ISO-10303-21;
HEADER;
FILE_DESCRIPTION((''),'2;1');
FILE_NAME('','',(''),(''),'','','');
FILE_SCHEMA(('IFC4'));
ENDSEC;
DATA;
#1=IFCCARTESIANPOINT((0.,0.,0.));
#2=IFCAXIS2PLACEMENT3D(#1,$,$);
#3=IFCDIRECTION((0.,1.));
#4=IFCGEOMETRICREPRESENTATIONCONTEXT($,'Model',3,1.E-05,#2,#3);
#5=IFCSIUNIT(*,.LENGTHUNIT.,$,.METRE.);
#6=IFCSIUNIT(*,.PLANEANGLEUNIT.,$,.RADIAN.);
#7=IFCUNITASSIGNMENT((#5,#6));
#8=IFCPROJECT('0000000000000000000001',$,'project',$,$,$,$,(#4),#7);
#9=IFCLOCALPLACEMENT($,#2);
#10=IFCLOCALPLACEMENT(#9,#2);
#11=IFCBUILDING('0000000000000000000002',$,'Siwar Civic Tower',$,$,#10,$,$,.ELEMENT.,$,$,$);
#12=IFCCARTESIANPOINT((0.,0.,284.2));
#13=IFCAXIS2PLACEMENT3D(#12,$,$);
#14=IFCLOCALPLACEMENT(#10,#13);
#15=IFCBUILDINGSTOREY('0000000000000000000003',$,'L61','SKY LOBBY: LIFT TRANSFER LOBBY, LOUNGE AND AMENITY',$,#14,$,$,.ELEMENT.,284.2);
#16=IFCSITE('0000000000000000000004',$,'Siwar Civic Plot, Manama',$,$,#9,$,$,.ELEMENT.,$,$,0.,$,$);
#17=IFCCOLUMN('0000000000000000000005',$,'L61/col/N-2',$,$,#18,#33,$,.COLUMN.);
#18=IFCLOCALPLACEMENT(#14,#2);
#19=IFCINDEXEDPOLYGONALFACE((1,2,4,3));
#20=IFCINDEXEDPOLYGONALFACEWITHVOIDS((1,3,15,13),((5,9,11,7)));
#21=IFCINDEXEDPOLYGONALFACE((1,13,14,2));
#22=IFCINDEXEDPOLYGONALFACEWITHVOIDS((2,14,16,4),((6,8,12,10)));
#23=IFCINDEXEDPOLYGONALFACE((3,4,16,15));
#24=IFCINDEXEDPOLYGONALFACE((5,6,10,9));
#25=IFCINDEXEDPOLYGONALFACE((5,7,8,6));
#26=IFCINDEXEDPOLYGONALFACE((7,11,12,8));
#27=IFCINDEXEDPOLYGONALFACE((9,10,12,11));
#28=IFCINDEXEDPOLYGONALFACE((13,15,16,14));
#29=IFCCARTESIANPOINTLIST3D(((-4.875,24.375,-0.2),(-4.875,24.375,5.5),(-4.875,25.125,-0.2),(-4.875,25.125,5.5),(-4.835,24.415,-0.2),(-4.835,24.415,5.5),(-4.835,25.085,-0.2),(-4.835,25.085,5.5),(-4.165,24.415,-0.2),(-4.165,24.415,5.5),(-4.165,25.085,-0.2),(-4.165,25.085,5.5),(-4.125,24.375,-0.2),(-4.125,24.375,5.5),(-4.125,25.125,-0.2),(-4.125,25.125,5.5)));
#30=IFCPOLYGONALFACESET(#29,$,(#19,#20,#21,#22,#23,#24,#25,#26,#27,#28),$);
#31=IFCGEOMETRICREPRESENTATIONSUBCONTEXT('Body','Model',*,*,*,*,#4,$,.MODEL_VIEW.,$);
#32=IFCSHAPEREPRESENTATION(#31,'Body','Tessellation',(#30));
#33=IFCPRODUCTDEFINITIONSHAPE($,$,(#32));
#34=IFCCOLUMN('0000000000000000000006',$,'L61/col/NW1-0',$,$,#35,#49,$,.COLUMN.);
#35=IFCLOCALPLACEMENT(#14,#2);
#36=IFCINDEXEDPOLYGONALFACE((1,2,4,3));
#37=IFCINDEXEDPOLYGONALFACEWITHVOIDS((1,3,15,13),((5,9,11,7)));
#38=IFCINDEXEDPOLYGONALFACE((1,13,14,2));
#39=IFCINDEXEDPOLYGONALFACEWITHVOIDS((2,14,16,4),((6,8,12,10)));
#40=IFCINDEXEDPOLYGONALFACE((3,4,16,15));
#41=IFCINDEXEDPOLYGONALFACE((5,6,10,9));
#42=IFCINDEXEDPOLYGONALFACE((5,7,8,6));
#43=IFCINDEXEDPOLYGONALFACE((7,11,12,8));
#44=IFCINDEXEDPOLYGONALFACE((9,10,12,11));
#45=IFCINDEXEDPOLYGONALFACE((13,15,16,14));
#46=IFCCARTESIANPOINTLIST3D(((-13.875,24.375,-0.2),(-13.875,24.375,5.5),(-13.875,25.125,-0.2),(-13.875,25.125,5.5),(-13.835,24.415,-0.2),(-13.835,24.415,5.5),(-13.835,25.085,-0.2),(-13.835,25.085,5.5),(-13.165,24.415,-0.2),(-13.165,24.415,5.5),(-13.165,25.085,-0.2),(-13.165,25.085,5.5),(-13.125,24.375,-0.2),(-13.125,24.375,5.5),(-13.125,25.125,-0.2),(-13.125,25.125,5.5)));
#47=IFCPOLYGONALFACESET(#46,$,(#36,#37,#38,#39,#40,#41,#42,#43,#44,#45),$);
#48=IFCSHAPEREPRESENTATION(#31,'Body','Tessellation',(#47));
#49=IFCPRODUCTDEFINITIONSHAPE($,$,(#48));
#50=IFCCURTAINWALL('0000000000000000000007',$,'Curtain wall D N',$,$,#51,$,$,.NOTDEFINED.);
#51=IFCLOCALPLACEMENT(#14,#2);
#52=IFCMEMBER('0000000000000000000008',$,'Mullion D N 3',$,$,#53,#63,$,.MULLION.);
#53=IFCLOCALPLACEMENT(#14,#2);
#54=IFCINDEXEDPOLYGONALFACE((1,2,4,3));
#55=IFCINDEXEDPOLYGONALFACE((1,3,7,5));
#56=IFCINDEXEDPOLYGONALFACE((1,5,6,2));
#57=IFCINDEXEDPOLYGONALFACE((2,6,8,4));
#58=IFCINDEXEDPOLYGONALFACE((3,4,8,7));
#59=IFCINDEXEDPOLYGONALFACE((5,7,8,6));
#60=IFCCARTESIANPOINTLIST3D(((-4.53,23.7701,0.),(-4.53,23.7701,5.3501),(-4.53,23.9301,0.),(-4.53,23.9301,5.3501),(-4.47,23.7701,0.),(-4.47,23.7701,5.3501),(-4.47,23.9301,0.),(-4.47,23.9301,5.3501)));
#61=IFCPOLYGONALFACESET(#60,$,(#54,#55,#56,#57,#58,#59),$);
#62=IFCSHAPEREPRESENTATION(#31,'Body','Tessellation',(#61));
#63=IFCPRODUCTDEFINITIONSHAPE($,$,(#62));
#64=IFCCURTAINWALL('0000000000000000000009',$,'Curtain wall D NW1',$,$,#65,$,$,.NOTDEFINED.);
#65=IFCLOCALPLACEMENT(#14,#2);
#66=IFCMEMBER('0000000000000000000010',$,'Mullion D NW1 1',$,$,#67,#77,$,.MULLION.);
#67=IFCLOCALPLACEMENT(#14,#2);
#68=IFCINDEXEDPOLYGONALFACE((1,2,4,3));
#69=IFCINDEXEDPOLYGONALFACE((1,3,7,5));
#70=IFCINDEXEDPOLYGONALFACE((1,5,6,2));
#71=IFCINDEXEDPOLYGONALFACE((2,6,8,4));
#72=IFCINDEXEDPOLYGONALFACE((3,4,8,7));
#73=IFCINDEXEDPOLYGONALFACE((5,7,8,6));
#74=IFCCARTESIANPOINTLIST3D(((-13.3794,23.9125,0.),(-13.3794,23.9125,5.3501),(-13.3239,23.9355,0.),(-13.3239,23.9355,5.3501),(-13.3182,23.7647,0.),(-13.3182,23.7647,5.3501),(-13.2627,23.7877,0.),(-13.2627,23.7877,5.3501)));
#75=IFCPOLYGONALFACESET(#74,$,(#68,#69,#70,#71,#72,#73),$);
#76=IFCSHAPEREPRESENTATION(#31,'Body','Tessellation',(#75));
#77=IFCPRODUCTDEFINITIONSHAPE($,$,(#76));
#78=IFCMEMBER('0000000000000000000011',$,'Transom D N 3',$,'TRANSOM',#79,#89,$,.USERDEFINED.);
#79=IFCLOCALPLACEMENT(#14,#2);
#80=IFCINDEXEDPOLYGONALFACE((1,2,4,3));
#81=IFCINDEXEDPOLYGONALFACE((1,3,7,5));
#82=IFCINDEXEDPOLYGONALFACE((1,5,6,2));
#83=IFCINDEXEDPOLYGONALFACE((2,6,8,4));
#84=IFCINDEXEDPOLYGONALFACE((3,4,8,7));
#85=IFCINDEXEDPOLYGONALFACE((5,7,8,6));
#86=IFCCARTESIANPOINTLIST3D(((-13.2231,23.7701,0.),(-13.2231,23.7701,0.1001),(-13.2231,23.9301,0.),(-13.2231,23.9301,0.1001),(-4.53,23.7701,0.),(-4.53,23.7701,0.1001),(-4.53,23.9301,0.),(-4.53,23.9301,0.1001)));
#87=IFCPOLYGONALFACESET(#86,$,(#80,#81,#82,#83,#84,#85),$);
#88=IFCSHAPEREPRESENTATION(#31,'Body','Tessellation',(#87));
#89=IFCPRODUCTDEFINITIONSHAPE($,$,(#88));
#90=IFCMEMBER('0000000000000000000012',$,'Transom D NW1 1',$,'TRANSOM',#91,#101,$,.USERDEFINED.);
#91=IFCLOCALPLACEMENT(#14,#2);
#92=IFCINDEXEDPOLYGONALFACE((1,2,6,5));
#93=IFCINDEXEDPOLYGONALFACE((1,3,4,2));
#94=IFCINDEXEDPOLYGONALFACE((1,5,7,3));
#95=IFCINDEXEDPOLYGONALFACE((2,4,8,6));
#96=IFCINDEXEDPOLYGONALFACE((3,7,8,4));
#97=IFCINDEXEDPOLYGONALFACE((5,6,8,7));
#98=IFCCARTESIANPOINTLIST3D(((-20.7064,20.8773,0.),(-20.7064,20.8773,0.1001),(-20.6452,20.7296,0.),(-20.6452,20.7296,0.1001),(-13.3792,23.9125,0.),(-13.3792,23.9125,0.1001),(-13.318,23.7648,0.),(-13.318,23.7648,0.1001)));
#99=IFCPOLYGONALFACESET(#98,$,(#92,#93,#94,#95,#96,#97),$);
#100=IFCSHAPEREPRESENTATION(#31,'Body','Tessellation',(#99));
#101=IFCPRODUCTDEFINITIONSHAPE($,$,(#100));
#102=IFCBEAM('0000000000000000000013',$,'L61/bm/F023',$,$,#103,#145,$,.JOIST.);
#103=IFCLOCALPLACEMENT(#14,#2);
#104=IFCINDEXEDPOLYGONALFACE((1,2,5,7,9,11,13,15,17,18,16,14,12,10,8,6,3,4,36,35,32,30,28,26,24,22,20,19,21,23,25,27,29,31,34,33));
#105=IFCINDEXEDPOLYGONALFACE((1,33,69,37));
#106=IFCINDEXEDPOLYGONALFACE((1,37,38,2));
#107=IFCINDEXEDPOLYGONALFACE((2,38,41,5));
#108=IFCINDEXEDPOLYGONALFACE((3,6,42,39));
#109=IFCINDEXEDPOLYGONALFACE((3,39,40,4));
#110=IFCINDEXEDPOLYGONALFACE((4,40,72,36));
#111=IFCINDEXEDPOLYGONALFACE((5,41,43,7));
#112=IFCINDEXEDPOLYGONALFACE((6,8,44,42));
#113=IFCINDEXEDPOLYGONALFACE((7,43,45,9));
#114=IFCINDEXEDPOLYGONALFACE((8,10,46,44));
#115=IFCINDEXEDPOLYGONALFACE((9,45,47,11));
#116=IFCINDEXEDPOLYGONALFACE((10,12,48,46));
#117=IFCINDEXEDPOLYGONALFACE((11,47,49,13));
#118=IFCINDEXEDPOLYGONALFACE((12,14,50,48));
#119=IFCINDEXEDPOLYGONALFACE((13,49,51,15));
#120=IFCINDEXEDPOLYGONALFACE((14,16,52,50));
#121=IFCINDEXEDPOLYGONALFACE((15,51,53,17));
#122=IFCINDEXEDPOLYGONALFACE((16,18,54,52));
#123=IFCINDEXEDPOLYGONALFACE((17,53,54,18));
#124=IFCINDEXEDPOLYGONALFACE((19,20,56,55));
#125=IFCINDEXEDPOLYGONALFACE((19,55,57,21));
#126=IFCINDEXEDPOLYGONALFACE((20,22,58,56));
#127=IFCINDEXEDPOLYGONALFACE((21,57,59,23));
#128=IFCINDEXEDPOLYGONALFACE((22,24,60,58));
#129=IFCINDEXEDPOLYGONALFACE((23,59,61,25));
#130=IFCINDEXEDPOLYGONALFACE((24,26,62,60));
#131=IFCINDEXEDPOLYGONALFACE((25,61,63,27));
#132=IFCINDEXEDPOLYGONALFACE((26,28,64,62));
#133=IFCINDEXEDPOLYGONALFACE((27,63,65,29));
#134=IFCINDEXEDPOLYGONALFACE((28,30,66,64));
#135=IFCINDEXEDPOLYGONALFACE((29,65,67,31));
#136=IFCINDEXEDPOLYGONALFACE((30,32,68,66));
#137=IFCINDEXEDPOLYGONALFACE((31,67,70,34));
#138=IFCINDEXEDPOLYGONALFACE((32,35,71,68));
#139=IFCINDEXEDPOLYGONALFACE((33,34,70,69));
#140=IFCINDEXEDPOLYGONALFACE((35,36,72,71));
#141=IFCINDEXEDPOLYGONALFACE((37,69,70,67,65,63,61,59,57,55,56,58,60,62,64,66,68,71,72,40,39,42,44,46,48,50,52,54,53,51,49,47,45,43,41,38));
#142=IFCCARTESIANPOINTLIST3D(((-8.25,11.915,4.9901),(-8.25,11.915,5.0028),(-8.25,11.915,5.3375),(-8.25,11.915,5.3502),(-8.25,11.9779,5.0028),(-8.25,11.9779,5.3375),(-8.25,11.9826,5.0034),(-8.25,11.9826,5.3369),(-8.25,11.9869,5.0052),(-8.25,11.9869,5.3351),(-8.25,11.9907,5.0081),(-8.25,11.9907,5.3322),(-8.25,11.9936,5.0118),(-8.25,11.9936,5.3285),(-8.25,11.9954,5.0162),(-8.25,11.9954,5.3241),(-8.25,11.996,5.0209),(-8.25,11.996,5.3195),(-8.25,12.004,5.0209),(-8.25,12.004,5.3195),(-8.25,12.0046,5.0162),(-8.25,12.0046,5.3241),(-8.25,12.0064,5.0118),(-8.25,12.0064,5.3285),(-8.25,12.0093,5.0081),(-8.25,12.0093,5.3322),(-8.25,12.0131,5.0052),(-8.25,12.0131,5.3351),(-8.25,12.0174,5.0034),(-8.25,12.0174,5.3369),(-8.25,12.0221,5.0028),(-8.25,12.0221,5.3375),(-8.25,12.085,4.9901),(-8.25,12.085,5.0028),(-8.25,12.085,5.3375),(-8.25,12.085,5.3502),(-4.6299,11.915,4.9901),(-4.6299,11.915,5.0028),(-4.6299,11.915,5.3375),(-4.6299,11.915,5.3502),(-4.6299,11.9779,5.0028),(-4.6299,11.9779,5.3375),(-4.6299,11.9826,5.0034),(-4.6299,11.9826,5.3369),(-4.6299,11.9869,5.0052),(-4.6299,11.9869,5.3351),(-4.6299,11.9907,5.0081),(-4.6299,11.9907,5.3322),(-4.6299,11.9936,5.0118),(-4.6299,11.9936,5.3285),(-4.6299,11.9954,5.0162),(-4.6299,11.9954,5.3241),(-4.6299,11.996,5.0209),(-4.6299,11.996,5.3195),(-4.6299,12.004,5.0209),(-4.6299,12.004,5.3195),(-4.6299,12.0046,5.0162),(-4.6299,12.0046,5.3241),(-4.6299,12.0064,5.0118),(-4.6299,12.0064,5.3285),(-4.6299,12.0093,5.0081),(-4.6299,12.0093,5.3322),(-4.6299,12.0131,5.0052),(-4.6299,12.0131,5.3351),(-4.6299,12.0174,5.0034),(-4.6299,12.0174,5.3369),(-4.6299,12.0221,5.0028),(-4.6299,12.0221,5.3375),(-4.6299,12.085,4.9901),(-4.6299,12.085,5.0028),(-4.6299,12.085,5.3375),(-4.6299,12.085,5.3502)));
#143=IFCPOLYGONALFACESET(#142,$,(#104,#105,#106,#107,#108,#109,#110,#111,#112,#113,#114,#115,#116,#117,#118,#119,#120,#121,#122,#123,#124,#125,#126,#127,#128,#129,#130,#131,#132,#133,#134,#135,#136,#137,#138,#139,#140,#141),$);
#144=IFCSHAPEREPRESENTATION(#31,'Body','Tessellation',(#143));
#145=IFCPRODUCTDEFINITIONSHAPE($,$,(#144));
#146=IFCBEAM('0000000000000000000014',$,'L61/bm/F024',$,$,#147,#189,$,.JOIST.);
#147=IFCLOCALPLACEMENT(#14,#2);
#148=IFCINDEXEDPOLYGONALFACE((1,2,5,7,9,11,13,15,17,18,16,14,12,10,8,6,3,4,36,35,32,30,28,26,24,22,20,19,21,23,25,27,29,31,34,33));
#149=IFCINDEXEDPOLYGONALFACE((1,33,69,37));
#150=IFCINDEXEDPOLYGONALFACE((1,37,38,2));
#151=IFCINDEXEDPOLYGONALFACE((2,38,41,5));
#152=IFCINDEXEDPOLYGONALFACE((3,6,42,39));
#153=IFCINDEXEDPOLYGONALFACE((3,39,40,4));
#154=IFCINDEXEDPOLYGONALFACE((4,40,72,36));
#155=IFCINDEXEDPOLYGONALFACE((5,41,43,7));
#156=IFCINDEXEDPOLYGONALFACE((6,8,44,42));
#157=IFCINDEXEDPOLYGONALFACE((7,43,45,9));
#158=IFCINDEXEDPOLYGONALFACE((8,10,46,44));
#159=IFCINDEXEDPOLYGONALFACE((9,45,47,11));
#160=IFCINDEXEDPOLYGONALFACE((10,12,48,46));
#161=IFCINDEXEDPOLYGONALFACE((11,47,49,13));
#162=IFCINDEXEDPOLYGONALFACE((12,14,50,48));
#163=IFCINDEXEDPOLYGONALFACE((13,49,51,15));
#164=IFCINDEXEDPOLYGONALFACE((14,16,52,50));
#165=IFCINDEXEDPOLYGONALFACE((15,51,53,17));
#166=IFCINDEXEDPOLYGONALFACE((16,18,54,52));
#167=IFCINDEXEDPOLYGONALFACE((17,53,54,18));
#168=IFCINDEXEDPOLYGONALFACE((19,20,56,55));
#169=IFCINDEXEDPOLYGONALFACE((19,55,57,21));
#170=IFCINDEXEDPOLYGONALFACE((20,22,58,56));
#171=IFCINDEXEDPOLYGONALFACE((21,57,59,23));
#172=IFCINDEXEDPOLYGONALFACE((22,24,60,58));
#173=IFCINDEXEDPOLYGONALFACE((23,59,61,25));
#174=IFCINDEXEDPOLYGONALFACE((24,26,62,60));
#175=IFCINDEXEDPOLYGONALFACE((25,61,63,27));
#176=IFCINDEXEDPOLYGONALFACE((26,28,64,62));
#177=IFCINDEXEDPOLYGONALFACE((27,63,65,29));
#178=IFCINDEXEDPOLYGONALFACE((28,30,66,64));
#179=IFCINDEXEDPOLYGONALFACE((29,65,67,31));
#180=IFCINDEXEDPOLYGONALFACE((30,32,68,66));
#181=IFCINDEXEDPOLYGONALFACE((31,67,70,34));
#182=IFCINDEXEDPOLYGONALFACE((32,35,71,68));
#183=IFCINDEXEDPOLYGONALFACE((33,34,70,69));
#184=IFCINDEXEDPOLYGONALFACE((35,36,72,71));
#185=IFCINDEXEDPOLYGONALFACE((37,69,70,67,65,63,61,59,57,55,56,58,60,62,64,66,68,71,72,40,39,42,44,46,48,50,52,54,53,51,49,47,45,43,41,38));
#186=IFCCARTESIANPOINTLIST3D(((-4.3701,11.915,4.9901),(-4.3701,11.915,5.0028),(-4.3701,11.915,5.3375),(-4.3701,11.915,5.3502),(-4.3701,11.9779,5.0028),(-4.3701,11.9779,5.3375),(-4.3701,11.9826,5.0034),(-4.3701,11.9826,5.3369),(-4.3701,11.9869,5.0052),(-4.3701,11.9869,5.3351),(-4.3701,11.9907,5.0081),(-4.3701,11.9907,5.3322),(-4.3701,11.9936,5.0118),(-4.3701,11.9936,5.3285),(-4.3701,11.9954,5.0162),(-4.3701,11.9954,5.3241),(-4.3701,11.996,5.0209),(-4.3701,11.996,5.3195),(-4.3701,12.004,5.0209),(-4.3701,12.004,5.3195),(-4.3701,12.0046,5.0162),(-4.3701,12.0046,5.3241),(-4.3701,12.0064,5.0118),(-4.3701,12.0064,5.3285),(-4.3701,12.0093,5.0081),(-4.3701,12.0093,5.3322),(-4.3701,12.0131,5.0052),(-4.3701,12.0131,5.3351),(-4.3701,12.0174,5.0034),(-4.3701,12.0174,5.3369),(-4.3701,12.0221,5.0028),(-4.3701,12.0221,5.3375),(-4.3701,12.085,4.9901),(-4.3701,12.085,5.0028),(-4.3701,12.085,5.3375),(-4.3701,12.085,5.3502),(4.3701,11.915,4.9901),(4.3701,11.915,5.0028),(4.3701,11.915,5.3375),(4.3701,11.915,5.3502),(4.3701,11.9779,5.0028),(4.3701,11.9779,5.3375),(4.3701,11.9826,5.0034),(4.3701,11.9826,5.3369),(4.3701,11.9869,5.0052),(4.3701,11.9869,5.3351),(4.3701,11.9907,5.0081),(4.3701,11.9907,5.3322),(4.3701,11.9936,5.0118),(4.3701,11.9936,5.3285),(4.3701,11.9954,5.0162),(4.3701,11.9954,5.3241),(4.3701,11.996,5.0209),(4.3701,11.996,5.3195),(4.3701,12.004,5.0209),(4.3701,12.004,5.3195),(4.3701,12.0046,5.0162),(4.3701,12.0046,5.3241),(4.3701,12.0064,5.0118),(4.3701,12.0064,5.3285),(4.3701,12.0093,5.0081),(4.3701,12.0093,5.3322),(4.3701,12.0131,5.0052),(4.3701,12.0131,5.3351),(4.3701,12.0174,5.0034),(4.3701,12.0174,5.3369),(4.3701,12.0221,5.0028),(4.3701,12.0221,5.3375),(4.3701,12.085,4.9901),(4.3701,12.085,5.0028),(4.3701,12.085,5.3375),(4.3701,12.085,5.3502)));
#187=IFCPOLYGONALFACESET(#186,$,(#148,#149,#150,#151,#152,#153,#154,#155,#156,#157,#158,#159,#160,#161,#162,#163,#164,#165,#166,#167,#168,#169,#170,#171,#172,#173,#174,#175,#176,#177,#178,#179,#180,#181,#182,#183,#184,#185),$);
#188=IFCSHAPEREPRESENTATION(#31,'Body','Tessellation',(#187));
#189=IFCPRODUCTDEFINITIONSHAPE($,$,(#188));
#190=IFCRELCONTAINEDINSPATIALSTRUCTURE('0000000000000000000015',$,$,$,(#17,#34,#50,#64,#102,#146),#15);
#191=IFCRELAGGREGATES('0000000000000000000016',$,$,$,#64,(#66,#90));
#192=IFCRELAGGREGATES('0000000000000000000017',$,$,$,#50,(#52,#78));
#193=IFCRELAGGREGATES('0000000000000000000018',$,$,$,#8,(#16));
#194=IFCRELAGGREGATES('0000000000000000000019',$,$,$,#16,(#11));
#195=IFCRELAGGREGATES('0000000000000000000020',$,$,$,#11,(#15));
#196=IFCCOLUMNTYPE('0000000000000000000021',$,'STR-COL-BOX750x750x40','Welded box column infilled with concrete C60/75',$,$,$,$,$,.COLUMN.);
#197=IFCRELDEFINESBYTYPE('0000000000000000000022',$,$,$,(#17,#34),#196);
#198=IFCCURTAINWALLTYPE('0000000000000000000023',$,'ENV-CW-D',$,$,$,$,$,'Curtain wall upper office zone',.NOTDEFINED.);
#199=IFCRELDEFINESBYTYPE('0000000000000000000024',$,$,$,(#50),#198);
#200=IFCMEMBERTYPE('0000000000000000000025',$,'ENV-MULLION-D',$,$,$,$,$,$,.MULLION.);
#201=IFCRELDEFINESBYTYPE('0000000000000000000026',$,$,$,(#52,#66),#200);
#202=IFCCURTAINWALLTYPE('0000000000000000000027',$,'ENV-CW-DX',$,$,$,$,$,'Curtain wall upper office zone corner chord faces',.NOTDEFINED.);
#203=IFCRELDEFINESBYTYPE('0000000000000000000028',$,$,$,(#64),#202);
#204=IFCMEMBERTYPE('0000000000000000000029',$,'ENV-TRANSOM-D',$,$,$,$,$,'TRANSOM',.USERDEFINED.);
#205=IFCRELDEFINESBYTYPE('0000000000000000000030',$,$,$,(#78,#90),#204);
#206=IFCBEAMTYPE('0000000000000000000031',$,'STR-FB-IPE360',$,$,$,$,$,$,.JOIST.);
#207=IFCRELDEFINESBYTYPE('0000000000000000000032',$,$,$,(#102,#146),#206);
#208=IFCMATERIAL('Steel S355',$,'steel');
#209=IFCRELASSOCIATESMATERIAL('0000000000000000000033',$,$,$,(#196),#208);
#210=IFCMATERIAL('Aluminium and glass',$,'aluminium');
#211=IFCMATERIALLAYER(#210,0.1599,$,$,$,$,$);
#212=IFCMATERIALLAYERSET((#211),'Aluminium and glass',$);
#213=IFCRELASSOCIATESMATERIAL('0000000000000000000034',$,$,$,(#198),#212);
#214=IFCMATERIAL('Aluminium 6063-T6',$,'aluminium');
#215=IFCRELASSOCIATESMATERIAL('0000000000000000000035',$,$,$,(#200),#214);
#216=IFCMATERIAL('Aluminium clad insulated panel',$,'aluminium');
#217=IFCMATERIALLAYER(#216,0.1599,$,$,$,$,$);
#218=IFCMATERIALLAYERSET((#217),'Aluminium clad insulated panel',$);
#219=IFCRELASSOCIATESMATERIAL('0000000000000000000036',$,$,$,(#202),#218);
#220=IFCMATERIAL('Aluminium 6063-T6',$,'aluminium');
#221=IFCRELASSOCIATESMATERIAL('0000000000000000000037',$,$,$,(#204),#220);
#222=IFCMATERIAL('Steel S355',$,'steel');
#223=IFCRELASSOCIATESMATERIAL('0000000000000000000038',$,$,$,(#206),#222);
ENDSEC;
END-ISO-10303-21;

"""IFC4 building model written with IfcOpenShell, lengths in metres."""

from ifc_helpers import new_model, si_unit, direction, frame, origin, origin_2d, place, context, subcontext, project, spatial, rectangle, hollow_rectangle, i_section, extrude, material, layer, layer_set, material_profile, profile_set, type_object, element, aggregate, save


model = new_model("IFC4")

# Units and contexts
model_context = context("Model", 3, precision=1e-05, world=origin(), true_north=direction((0.0, 1.0)))
body_context = subcontext(model_context, "Body", "Model", "MODEL_VIEW")
ifc_project = project(units=[si_unit("LENGTHUNIT", "METRE"), si_unit("PLANEANGLEUNIT", "RADIAN")], contexts=[model_context])

# Site, building, storey
site_placement = place(None, origin())
site = spatial("IfcSite", under=ifc_project, at=site_placement, Name="Siwar Civic Plot, Manama", CompositionType="ELEMENT", RefElevation=0.0)
building_placement = place(site_placement, origin())
building = spatial("IfcBuilding", under=site, at=building_placement, Name="Siwar Civic Tower", CompositionType="ELEMENT")
storey_placement = place(building_placement, frame((0.0, 0.0, 284.2)))
storey = spatial("IfcBuildingStorey", under=building, at=storey_placement, Name="L61", Description="SKY LOBBY: LIFT TRANSFER LOBBY, LOUNGE AND AMENITY", CompositionType="ELEMENT", Elevation=284.2)

# Columns
ifc_material_1 = material(Name="Steel S355", Category="steel")
ifc_material_profile_1 = material_profile(ifc_material_1, hollow_rectangle(XDim=0.75, YDim=0.75, WallThickness=0.04, at=origin_2d()), Name="BOX750x750x40")
ifc_profile_set_1 = profile_set([ifc_material_profile_1], Name="Steel S355")
column_type = type_object("IfcColumnType", Name="STR-COL-BOX750x750x40", Description="Welded box column infilled with concrete C60/75", PredefinedType="COLUMN", material=ifc_profile_set_1)
for number, where, z_axis, x_axis, name in (
    (1, (-4.5, 24.75, -0.2), (0.0, 0.0, 1.0), (1.0, 0.0, 0.0), "L61/col/N-2"),
    (2, (-13.5, 24.75, -0.2), (0.0, 0.0, 1.0), (1.0, 0.0, 0.0), "L61/col/NW1-0"),
):
    element("IfcColumn", number, at=place(storey_placement, frame(where, z_axis=z_axis, x_axis=x_axis)), inside=storey, type_object=column_type, Name=name, PredefinedType="COLUMN", context=body_context, shape_type="SweptSolid", body=[
        extrude(hollow_rectangle(XDim=0.75, YDim=0.75, WallThickness=0.04, at=origin_2d()), origin(), (0.0, 0.0, 1.0), 5.7),
    ])

# Curtain walls, members
ifc_material_2 = material(Name="Aluminium and glass", Category="aluminium")
ifc_layer_1 = layer(ifc_material_2, 0.1599)
ifc_layer_set_1 = layer_set([ifc_layer_1], Name="Aluminium and glass")
curtain_wall_type_1 = type_object("IfcCurtainWallType", Name="ENV-CW-D", ElementType="Curtain wall upper office zone", PredefinedType="NOTDEFINED", material=ifc_layer_set_1)
curtain_wall_1_placement = place(storey_placement, origin())
curtain_wall_1 = element("IfcCurtainWall", 3, at=curtain_wall_1_placement, inside=storey, type_object=curtain_wall_type_1, Name="Curtain wall D N", PredefinedType="NOTDEFINED")
ifc_material_3 = material(Name="Aluminium 6063-T6", Category="aluminium")
ifc_material_profile_2 = material_profile(ifc_material_3, rectangle(XDim=0.1599, YDim=0.0601, at=origin_2d()), Name="AL 160x60")
ifc_profile_set_2 = profile_set([ifc_material_profile_2], Name="Aluminium 6063-T6")
member_type_1 = type_object("IfcMemberType", Name="ENV-MULLION-D", PredefinedType="MULLION", material=ifc_profile_set_2)
member_1_placement = place(storey_placement, frame((-4.5, 23.8501, 0.0), z_axis=(0.0, 0.0, 1.0), x_axis=(0.0, -1.0, 0.0)))
member_1 = element("IfcMember", 4, at=member_1_placement, type_object=member_type_1, Name="Mullion D N 3", PredefinedType="MULLION", context=body_context, shape_type="SweptSolid", body=[
    extrude(rectangle(XDim=0.1599, YDim=0.0601, at=origin_2d()), origin(), (0.0, 0.0, 1.0), 5.3501),
])
ifc_material_4 = material(Name="Aluminium clad insulated panel", Category="aluminium")
ifc_layer_2 = layer(ifc_material_4, 0.1599)
ifc_layer_set_2 = layer_set([ifc_layer_2], Name="Aluminium clad insulated panel")
curtain_wall_type_2 = type_object("IfcCurtainWallType", Name="ENV-CW-DX", ElementType="Curtain wall upper office zone corner chord faces", PredefinedType="NOTDEFINED", material=ifc_layer_set_2)
curtain_wall_2_placement = place(storey_placement, origin())
curtain_wall_2 = element("IfcCurtainWall", 5, at=curtain_wall_2_placement, inside=storey, type_object=curtain_wall_type_2, Name="Curtain wall D NW1", PredefinedType="NOTDEFINED")
member_2_placement = place(storey_placement, frame((-13.321, 23.8501, 0.0), z_axis=(0.0, 0.0, 1.0), x_axis=(0.382683, -0.92388, 0.0)))
member_2 = element("IfcMember", 6, at=member_2_placement, type_object=member_type_1, Name="Mullion D NW1 1", PredefinedType="MULLION", context=body_context, shape_type="SweptSolid", body=[
    extrude(rectangle(XDim=0.1599, YDim=0.0601, at=origin_2d()), origin(), (0.0, 0.0, 1.0), 5.3501),
])

# Members
ifc_material_5 = material(Name="Aluminium 6063-T6", Category="aluminium")
ifc_material_profile_3 = material_profile(ifc_material_5, rectangle(XDim=0.1599, YDim=0.1001, at=origin_2d()), Name="AL 160x100")
ifc_profile_set_3 = profile_set([ifc_material_profile_3], Name="Aluminium 6063-T6")
member_type_2 = type_object("IfcMemberType", Name="ENV-TRANSOM-D", ElementType="TRANSOM", PredefinedType="USERDEFINED", material=ifc_profile_set_3)
member_3_placement = place(storey_placement, frame((-4.53, 23.8501, 0.05), z_axis=(-1.0, 0.0, 0.0), x_axis=(0.0, -1.0, 0.0)))
member_3 = element("IfcMember", 7, at=member_3_placement, type_object=member_type_2, Name="Transom D N 3", ObjectType="TRANSOM", PredefinedType="USERDEFINED", context=body_context, shape_type="SweptSolid", body=[
    extrude(rectangle(XDim=0.1599, YDim=0.1001, at=origin_2d()), origin(), (0.0, 0.0, 1.0), 8.6931),
])
member_4_placement = place(storey_placement, frame((-13.3486, 23.8386, 0.05), z_axis=(-0.923873, -0.3827, 0.0), x_axis=(0.3827, -0.923873, 0.0)))
member_4 = element("IfcMember", 8, at=member_4_placement, type_object=member_type_2, Name="Transom D NW1 1", ObjectType="TRANSOM", PredefinedType="USERDEFINED", context=body_context, shape_type="SweptSolid", body=[
    extrude(rectangle(XDim=0.1599, YDim=0.1001, at=origin_2d()), origin(), (0.0, 0.0, 1.0), 7.9309),
])
aggregate(curtain_wall_2, [member_2, member_4])

# Beams
ifc_material_6 = material(Name="Steel S355", Category="steel")
ifc_material_profile_4 = material_profile(ifc_material_6, i_section(OverallWidth=0.1699, OverallDepth=0.3601, WebThickness=0.0081, FlangeThickness=0.0127, FilletRadius=0.0181, at=origin_2d()), Name="IPE360")
ifc_profile_set_4 = profile_set([ifc_material_profile_4], Name="Steel S355")
beam_type_1 = type_object("IfcBeamType", Name="STR-FB-IPE360", PredefinedType="JOIST", material=ifc_profile_set_4)
beam_1_placement = place(storey_placement, frame((-8.25, 12.0, 5.1702), z_axis=(1.0, 0.0, 0.0), x_axis=(0.0, 1.0, 0.0)))
element("IfcBeam", 9, at=beam_1_placement, inside=storey, type_object=beam_type_1, Name="L61/bm/F023", PredefinedType="JOIST", context=body_context, shape_type="SweptSolid", body=[
    extrude(i_section(OverallWidth=0.1699, OverallDepth=0.3601, WebThickness=0.0081, FlangeThickness=0.0127, FilletRadius=0.0181, at=origin_2d()), origin(), (0.0, 0.0, 1.0), 3.6201),
])
for number, where, z_axis, x_axis, name in (
    (10, (-4.3701, 12.0, 5.1702), (1.0, 0.0, 0.0), (0.0, 1.0, 0.0), "L61/bm/F024"),
):
    element("IfcBeam", number, at=place(storey_placement, frame(where, z_axis=z_axis, x_axis=x_axis)), inside=storey, type_object=beam_type_1, Name=name, PredefinedType="JOIST", context=body_context, shape_type="SweptSolid", body=[
        extrude(i_section(OverallWidth=0.1699, OverallDepth=0.3601, WebThickness=0.0081, FlangeThickness=0.0127, FilletRadius=0.0181, at=origin_2d()), origin(), (0.0, 0.0, 1.0), 8.7402),
    ])

aggregate(curtain_wall_1, [member_1, member_3])

save(model, "model.ifc")
